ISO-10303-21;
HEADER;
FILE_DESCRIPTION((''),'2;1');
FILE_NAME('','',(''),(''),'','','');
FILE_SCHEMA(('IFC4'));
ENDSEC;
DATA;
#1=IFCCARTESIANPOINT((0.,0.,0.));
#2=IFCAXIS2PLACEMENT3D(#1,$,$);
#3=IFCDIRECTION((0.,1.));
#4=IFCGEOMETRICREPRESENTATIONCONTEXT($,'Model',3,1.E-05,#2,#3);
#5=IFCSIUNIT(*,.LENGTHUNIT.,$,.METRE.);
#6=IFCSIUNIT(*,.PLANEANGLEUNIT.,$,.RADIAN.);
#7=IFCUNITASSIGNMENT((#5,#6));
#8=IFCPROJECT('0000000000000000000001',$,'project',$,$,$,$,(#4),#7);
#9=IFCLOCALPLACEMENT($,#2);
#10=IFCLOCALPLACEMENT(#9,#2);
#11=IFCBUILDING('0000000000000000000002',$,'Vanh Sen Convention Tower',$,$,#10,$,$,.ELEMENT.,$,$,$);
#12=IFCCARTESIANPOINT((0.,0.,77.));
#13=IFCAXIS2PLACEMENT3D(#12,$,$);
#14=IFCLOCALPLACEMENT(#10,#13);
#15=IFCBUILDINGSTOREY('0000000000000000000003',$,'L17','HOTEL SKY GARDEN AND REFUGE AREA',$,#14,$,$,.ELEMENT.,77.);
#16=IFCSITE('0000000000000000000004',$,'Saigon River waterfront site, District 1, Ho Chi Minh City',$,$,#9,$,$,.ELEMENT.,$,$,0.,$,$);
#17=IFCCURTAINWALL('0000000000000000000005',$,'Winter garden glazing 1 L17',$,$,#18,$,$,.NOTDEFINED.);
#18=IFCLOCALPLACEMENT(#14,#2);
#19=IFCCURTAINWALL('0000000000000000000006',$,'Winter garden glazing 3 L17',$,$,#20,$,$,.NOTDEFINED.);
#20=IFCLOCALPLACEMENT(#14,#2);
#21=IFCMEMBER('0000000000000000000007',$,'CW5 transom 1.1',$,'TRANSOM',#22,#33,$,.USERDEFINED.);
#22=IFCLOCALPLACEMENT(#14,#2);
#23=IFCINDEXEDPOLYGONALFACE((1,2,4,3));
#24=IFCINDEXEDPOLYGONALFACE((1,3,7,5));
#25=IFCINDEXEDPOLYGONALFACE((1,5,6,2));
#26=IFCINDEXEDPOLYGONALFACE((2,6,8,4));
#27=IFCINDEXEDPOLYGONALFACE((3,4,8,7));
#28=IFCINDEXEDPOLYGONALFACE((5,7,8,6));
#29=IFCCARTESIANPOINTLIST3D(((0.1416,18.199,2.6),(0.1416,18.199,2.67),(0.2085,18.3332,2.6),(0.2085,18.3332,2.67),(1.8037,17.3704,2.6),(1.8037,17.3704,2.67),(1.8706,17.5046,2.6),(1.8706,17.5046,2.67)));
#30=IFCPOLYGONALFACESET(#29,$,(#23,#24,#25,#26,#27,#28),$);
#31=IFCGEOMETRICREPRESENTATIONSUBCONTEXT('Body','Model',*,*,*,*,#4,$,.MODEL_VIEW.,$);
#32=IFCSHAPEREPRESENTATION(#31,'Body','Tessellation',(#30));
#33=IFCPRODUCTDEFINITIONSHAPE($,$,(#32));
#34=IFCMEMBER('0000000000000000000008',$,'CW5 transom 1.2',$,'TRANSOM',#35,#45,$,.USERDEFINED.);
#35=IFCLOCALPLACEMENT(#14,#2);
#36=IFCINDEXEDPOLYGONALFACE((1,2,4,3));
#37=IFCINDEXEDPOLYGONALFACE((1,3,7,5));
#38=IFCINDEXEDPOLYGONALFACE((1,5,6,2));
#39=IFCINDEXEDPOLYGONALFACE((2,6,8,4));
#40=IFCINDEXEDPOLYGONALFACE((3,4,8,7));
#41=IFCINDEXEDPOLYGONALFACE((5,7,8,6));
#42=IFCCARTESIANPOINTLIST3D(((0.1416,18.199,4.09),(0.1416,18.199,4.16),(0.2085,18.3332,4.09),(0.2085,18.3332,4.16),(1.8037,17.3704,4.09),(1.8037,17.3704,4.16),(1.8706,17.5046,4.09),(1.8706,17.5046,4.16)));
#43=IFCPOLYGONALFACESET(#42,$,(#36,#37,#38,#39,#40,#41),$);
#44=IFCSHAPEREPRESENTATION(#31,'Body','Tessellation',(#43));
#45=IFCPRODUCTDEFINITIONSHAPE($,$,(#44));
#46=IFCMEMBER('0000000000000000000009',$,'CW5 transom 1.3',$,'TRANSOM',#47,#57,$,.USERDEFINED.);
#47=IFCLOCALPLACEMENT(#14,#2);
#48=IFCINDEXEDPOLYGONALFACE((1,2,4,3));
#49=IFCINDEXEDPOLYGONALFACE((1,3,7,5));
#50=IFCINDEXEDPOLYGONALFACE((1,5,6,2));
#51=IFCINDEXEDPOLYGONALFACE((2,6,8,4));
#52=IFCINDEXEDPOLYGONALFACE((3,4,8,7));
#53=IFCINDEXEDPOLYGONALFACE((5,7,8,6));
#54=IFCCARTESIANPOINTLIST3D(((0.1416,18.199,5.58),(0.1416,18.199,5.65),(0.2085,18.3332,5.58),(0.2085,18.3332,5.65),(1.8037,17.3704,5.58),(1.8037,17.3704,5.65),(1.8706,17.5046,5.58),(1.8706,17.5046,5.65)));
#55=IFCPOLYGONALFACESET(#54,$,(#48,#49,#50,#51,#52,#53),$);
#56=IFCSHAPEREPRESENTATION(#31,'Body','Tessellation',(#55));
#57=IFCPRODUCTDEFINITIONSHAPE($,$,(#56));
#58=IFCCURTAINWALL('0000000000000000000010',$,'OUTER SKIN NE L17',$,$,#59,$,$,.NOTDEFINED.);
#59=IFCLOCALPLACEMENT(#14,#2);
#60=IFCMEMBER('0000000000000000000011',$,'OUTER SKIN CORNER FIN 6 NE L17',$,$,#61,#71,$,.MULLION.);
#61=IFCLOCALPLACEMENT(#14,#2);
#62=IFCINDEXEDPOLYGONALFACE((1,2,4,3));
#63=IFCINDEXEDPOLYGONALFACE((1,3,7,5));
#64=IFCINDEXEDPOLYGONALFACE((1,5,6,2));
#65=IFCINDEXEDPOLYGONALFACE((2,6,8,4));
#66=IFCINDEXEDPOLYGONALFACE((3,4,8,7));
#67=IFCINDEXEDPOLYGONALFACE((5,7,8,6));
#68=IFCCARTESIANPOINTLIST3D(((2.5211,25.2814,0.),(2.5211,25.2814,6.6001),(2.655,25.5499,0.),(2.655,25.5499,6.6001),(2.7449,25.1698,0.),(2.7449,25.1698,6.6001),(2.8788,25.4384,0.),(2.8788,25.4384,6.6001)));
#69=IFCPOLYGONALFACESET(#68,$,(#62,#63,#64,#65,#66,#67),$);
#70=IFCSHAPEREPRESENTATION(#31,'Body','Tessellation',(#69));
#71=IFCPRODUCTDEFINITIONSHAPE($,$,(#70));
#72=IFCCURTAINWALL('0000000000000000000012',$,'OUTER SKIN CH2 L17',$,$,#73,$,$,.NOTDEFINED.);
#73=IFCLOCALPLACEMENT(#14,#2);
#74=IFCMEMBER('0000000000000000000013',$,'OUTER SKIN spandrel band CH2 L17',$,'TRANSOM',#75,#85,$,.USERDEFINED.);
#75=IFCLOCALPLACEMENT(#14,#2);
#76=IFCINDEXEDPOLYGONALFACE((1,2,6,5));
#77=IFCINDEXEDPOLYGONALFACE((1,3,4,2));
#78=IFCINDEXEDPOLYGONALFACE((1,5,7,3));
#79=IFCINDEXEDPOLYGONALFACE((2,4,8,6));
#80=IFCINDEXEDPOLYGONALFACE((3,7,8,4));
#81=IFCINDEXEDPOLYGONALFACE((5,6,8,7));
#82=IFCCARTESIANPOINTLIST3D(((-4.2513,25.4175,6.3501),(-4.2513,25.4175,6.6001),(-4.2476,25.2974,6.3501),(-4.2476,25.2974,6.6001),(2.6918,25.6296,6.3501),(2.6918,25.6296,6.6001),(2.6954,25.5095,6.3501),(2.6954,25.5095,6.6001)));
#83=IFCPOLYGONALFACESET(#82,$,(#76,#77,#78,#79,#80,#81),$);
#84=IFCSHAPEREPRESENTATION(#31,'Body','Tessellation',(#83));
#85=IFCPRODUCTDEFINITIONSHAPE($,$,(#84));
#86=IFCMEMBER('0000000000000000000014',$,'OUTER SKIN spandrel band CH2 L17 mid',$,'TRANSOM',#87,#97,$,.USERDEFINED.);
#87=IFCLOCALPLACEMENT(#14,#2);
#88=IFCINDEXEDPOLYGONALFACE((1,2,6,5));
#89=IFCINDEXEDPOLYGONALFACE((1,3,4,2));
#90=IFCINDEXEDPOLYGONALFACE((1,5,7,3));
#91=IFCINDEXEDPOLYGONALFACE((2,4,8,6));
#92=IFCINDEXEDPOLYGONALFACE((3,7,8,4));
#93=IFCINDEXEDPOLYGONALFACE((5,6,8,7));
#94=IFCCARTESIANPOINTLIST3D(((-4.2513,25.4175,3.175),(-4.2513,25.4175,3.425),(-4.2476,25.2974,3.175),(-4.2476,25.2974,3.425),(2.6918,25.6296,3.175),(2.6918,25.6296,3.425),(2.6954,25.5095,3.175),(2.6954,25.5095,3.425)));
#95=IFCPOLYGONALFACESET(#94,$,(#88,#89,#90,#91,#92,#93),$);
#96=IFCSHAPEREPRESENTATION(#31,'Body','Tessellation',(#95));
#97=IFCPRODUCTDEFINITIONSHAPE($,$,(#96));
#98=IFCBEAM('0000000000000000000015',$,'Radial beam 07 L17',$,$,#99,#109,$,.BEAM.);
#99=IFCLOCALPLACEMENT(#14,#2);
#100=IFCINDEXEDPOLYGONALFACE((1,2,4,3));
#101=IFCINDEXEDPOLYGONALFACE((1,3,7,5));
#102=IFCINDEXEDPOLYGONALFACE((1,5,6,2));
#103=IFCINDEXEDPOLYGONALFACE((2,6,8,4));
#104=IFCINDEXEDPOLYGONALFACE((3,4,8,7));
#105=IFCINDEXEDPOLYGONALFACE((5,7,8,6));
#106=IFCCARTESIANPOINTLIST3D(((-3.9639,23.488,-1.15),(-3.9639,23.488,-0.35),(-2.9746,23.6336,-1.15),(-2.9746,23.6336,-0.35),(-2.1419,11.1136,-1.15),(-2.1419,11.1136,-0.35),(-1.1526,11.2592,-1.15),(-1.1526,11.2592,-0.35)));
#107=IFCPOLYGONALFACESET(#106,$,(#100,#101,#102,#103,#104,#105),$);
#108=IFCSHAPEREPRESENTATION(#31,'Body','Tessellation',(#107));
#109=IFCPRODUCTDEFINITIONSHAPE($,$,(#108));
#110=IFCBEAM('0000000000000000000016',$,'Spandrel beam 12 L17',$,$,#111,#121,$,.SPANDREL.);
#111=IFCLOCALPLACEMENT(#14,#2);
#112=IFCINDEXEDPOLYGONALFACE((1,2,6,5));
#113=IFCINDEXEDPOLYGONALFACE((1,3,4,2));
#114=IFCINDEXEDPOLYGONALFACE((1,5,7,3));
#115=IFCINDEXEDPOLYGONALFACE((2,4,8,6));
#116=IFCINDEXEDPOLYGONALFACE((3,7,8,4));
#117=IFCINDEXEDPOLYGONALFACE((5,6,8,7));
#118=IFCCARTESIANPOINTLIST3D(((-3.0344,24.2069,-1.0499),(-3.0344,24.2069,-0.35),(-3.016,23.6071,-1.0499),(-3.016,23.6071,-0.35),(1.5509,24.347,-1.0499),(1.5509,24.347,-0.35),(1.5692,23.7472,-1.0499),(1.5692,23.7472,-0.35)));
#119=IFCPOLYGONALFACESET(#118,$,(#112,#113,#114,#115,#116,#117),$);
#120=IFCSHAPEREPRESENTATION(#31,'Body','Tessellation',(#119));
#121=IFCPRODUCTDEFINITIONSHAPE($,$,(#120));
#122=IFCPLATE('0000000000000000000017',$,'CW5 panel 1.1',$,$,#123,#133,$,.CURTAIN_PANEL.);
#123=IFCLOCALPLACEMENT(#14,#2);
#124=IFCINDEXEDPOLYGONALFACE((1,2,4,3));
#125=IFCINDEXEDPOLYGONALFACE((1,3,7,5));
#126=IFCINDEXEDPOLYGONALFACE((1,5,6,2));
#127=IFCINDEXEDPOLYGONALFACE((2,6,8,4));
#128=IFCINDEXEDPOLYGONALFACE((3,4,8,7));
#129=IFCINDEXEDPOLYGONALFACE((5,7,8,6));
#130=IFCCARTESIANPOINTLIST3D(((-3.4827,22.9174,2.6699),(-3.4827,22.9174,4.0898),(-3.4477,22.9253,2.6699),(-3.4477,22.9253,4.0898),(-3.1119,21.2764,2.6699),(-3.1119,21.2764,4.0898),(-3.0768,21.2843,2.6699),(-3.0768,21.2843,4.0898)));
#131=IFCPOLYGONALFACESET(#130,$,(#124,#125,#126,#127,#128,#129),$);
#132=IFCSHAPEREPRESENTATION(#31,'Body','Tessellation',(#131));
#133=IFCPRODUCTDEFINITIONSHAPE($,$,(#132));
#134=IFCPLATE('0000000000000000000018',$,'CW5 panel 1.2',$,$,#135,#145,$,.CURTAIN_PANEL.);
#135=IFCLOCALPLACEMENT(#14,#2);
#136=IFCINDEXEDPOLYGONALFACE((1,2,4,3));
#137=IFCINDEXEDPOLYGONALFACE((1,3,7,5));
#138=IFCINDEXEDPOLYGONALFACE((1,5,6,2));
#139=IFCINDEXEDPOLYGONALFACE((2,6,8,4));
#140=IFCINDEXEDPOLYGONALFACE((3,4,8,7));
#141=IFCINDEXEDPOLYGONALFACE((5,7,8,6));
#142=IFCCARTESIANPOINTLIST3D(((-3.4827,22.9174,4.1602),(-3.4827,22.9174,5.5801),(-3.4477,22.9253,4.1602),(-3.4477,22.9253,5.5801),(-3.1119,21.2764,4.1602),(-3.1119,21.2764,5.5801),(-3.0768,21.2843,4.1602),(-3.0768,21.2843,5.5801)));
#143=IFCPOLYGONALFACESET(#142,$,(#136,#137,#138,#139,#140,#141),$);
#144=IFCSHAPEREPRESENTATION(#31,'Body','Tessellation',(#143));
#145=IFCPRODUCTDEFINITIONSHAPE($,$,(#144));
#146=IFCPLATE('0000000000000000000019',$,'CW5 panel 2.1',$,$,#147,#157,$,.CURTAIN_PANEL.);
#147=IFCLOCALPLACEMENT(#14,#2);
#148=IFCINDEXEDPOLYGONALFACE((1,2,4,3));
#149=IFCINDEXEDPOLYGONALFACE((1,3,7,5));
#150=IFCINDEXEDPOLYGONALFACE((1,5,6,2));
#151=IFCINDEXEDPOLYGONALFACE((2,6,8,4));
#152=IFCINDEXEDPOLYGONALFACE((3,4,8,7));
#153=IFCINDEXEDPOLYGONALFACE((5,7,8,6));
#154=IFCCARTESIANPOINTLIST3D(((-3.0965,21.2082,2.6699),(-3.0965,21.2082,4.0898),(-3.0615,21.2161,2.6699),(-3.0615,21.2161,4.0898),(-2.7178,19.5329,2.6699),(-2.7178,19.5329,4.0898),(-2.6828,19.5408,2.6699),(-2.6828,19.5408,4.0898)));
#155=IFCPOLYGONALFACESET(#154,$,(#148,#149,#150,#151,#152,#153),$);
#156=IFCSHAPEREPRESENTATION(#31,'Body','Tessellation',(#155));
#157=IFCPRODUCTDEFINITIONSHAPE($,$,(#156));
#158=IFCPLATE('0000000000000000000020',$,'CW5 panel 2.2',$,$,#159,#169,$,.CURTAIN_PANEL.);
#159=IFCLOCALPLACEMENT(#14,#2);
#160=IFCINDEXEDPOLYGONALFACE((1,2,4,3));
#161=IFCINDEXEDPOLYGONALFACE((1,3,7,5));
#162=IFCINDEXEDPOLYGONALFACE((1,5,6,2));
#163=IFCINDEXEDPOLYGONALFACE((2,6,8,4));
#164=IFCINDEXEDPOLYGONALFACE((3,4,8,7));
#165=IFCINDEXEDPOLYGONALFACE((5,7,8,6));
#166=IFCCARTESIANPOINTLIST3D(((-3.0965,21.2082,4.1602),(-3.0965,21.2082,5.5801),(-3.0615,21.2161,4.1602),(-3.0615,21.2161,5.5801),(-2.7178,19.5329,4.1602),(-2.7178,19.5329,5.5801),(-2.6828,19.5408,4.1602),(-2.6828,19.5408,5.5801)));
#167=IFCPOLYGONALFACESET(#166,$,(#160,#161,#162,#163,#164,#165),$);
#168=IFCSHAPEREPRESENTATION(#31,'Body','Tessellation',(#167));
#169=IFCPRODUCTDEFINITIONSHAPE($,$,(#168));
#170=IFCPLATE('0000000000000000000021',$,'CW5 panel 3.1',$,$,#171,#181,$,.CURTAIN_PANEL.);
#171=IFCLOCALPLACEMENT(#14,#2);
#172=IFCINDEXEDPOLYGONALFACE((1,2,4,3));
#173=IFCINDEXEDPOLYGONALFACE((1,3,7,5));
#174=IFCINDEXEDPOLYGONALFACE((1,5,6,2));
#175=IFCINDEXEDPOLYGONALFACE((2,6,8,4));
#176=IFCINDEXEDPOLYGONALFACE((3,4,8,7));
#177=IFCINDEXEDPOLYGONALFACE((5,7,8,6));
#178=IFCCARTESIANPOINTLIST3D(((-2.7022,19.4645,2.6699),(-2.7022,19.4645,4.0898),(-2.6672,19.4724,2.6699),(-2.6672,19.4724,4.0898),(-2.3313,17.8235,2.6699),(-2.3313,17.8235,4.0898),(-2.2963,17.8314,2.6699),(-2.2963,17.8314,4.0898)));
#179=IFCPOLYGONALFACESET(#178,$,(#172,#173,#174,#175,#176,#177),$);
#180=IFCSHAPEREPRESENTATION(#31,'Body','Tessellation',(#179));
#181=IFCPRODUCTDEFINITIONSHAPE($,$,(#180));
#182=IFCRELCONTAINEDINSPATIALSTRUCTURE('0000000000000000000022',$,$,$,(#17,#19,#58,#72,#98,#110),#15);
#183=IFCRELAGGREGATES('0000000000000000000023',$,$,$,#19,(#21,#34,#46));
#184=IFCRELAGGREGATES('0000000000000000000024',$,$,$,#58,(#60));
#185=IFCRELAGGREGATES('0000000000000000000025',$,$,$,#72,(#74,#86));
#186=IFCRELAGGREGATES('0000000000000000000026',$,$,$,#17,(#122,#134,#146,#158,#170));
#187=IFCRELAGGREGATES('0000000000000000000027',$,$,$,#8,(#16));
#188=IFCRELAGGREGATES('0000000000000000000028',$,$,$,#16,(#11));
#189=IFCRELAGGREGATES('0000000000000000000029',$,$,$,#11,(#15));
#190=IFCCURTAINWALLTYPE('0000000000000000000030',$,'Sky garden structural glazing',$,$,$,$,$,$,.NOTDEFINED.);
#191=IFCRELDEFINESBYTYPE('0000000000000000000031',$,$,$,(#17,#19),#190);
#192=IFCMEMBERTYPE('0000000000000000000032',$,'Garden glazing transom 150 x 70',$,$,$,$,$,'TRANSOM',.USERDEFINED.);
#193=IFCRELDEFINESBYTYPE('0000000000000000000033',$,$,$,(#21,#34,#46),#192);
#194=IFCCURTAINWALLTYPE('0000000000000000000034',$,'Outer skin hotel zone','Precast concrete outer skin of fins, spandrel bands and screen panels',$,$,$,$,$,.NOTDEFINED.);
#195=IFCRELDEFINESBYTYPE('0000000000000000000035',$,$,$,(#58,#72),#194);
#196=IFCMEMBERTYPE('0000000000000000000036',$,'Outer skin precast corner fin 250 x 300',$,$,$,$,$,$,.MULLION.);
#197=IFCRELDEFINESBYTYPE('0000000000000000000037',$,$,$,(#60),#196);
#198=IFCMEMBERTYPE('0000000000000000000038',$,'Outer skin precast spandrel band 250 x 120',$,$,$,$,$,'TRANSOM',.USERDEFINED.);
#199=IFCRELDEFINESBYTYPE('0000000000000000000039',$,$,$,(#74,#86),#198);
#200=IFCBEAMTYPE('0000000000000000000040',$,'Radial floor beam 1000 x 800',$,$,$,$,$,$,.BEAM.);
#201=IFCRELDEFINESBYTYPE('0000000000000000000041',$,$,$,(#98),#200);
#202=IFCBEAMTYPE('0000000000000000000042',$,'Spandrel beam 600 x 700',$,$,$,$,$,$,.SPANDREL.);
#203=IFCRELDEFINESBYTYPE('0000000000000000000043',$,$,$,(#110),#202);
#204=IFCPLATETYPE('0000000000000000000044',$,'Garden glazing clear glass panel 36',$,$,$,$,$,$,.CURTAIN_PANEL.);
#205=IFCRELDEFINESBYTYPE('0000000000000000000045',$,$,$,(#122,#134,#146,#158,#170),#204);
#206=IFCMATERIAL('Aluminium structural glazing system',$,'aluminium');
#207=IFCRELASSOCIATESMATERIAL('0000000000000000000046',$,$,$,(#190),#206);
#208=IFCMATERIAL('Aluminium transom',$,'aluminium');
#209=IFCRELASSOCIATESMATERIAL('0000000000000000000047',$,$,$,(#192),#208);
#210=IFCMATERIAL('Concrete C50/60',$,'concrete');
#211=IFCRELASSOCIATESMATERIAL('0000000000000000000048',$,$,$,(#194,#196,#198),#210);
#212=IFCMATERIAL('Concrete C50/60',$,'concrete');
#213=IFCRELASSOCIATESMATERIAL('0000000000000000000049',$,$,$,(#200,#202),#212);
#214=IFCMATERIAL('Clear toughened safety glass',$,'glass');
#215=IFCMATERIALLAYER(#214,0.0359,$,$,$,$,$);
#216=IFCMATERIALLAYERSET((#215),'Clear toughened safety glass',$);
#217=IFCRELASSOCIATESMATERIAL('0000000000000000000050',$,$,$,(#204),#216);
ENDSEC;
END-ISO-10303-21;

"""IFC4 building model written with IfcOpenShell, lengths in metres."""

from ifc_helpers import new_model, si_unit, direction, frame, origin, origin_2d, place, context, subcontext, project, spatial, rectangle, extrude, material, layer, layer_set, material_profile, profile_set, type_object, element, aggregate, save


model = new_model("IFC4")

# Units and contexts
model_context = context("Model", 3, precision=1e-05, world=origin(), true_north=direction((0.0, 1.0)))
body_context = subcontext(model_context, "Body", "Model", "MODEL_VIEW")
ifc_project = project(units=[si_unit("LENGTHUNIT", "METRE"), si_unit("PLANEANGLEUNIT", "RADIAN")], contexts=[model_context])

# Site, building, storey
site_placement = place(None, origin())
site = spatial("IfcSite", under=ifc_project, at=site_placement, Name="Saigon River waterfront site, District 1, Ho Chi Minh City", CompositionType="ELEMENT", RefElevation=0.0)
building_placement = place(site_placement, origin())
building = spatial("IfcBuilding", under=site, at=building_placement, Name="Vanh Sen Convention Tower", CompositionType="ELEMENT")
storey_placement = place(building_placement, frame((0.0, 0.0, 77.0)))
storey = spatial("IfcBuildingStorey", under=building, at=storey_placement, Name="L17", Description="HOTEL SKY GARDEN AND REFUGE AREA", CompositionType="ELEMENT", Elevation=77.0)

# Curtain wall
ifc_material_1 = material(Name="Aluminium structural glazing system", Category="aluminium")
curtain_wall_type_1 = type_object("IfcCurtainWallType", Name="Sky garden structural glazing", PredefinedType="NOTDEFINED", material=ifc_material_1)
curtain_wall_1_placement = place(storey_placement, origin())
curtain_wall_1 = element("IfcCurtainWall", 1, at=curtain_wall_1_placement, inside=storey, type_object=curtain_wall_type_1, Name="Winter garden glazing 1 L17", PredefinedType="NOTDEFINED")

# Curtain wall
curtain_wall_2_placement = place(storey_placement, origin())
curtain_wall_2 = element("IfcCurtainWall", 2, at=curtain_wall_2_placement, inside=storey, type_object=curtain_wall_type_1, Name="Winter garden glazing 3 L17", PredefinedType="NOTDEFINED")

# Members
ifc_material_2 = material(Name="Aluminium transom", Category="aluminium")
ifc_material_profile_1 = material_profile(ifc_material_2, rectangle(XDim=0.1499, YDim=0.0701, at=origin_2d()), Name="Garden glazing transom 150 x 70")
ifc_profile_set_1 = profile_set([ifc_material_profile_1], Name="Aluminium transom")
member_type_1 = type_object("IfcMemberType", Name="Garden glazing transom 150 x 70", ElementType="TRANSOM", PredefinedType="USERDEFINED", material=ifc_profile_set_1)
member_1_placement = place(storey_placement, frame((0.175, 18.2661, 2.635), z_axis=(0.894952, -0.446162, 0.0), x_axis=(0.446162, 0.894952, 0.0)))
member_1 = element("IfcMember", 3, at=member_1_placement, type_object=member_type_1, Name="CW5 transom 1.1", ObjectType="TRANSOM", PredefinedType="USERDEFINED", context=body_context, shape_type="SweptSolid", body=[
    extrude(rectangle(XDim=0.1499, YDim=0.0701, at=origin_2d()), origin(), (0.0, 0.0, 1.0), 1.8572),
])
member_2_placement = place(storey_placement, frame((0.175, 18.2661, 4.125), z_axis=(0.894952, -0.446162, 0.0), x_axis=(0.446162, 0.894952, 0.0)))
member_2 = element("IfcMember", 4, at=member_2_placement, type_object=member_type_1, Name="CW5 transom 1.2", ObjectType="TRANSOM", PredefinedType="USERDEFINED", context=body_context, shape_type="SweptSolid", body=[
    extrude(rectangle(XDim=0.1499, YDim=0.0701, at=origin_2d()), origin(), (0.0, 0.0, 1.0), 1.8572),
])
member_3_placement = place(storey_placement, frame((0.175, 18.2661, 5.615), z_axis=(0.894952, -0.446162, 0.0), x_axis=(0.446162, 0.894952, 0.0)))
member_3 = element("IfcMember", 5, at=member_3_placement, type_object=member_type_1, Name="CW5 transom 1.3", ObjectType="TRANSOM", PredefinedType="USERDEFINED", context=body_context, shape_type="SweptSolid", body=[
    extrude(rectangle(XDim=0.1499, YDim=0.0701, at=origin_2d()), origin(), (0.0, 0.0, 1.0), 1.8572),
])
aggregate(curtain_wall_2, [member_1, member_2, member_3])

# Curtain wall, member
ifc_material_3 = material(Name="Concrete C50/60", Category="concrete")
curtain_wall_type_2 = type_object("IfcCurtainWallType", Name="Outer skin hotel zone", Description="Precast concrete outer skin of fins, spandrel bands and screen panels", PredefinedType="NOTDEFINED", material=ifc_material_3)
curtain_wall_3_placement = place(storey_placement, origin())
curtain_wall_3 = element("IfcCurtainWall", 6, at=curtain_wall_3_placement, inside=storey, type_object=curtain_wall_type_2, Name="OUTER SKIN NE L17", PredefinedType="NOTDEFINED")
ifc_material_profile_2 = material_profile(ifc_material_3, rectangle(XDim=0.25, YDim=0.3, at=origin_2d()), Name="Outer skin precast corner fin 250 x 300")
ifc_profile_set_2 = profile_set([ifc_material_profile_2], Name="Concrete C50/60")
member_type_2 = type_object("IfcMemberType", Name="Outer skin precast corner fin 250 x 300", PredefinedType="MULLION", material=ifc_profile_set_2)
member_4_placement = place(storey_placement, frame((2.7, 25.3599, 0.0), z_axis=(0.0, 0.0, 1.0), x_axis=(-0.894934, 0.446198, 0.0)))
member_4 = element("IfcMember", 7, at=member_4_placement, type_object=member_type_2, Name="OUTER SKIN CORNER FIN 6 NE L17", PredefinedType="MULLION", context=body_context, shape_type="SweptSolid", body=[
    extrude(rectangle(XDim=0.25, YDim=0.3, at=origin_2d()), origin(), (0.0, 0.0, 1.0), 6.6001),
])
aggregate(curtain_wall_3, [member_4])

# Curtain wall, members
curtain_wall_4_placement = place(storey_placement, origin())
curtain_wall_4 = element("IfcCurtainWall", 8, at=curtain_wall_4_placement, inside=storey, type_object=curtain_wall_type_2, Name="OUTER SKIN CH2 L17", PredefinedType="NOTDEFINED")
ifc_material_profile_3 = material_profile(ifc_material_3, rectangle(XDim=0.1201, YDim=0.25, at=origin_2d()), Name="Outer skin precast spandrel band 250 x 120")
ifc_profile_set_3 = profile_set([ifc_material_profile_3], Name="Concrete C50/60")
member_type_3 = type_object("IfcMemberType", Name="Outer skin precast spandrel band 250 x 120", ElementType="TRANSOM", PredefinedType="USERDEFINED", material=ifc_profile_set_3)
member_5_placement = place(storey_placement, frame((2.6936, 25.5696, 6.4751), z_axis=(-0.999533, -0.030542, 0.0), x_axis=(0.030542, -0.999533, 0.0)))
member_5 = element("IfcMember", 9, at=member_5_placement, type_object=member_type_3, Name="OUTER SKIN spandrel band CH2 L17", ObjectType="TRANSOM", PredefinedType="USERDEFINED", context=body_context, shape_type="SweptSolid", body=[
    extrude(rectangle(XDim=0.1201, YDim=0.25, at=origin_2d()), origin(), (0.0, 0.0, 1.0), 6.9463),
])
member_6_placement = place(storey_placement, frame((2.6936, 25.5696, 3.3), z_axis=(-0.999533, -0.030542, 0.0), x_axis=(0.030542, -0.999533, 0.0)))
member_6 = element("IfcMember", 10, at=member_6_placement, type_object=member_type_3, Name="OUTER SKIN spandrel band CH2 L17 mid", ObjectType="TRANSOM", PredefinedType="USERDEFINED", context=body_context, shape_type="SweptSolid", body=[
    extrude(rectangle(XDim=0.1201, YDim=0.25, at=origin_2d()), origin(), (0.0, 0.0, 1.0), 6.9463),
])
aggregate(curtain_wall_4, [member_5, member_6])

# Beams
ifc_material_4 = material(Name="Concrete C50/60", Category="concrete")
ifc_material_profile_4 = material_profile(ifc_material_4, rectangle(XDim=1.0, YDim=0.8, at=origin_2d()), Name="RC 1000X800")
ifc_profile_set_4 = profile_set([ifc_material_profile_4], Name="Concrete C50/60")
beam_type_1 = type_object("IfcBeamType", Name="Radial floor beam 1000 x 800", PredefinedType="BEAM", material=ifc_profile_set_4)
beam_1_placement = place(storey_placement, frame((-3.4692, 23.5608, -0.75), z_axis=(0.145669, -0.989333, 0.0), x_axis=(0.989333, 0.145669, 0.0)))
element("IfcBeam", 11, at=beam_1_placement, inside=storey, type_object=beam_type_1, Name="Radial beam 07 L17", PredefinedType="BEAM", context=body_context, shape_type="SweptSolid", body=[
    extrude(rectangle(XDim=1.0, YDim=0.8, at=origin_2d()), origin(), (0.0, 0.0, 1.0), 12.5078),
])
ifc_material_profile_5 = material_profile(ifc_material_4, rectangle(XDim=0.6001, YDim=0.7, at=origin_2d()), Name="RC 600X700")
ifc_profile_set_5 = profile_set([ifc_material_profile_5], Name="Concrete C50/60")
beam_type_2 = type_object("IfcBeamType", Name="Spandrel beam 600 x 700", PredefinedType="SPANDREL", material=ifc_profile_set_5)
beam_2_placement = place(storey_placement, frame((1.5601, 24.0471, -0.7), z_axis=(-0.999533, -0.030549, 0.0), x_axis=(0.030549, -0.999533, 0.0)))
element("IfcBeam", 12, at=beam_2_placement, inside=storey, type_object=beam_type_2, Name="Spandrel beam 12 L17", PredefinedType="SPANDREL", context=body_context, shape_type="SweptSolid", body=[
    extrude(rectangle(XDim=0.6001, YDim=0.7, at=origin_2d()), origin(), (0.0, 0.0, 1.0), 4.5874),
])

# Plates
ifc_material_5 = material(Name="Clear toughened safety glass", Category="glass")
ifc_layer_1 = layer(ifc_material_5, 0.0359)
ifc_layer_set_1 = layer_set([ifc_layer_1], Name="Clear toughened safety glass")
plate_type = type_object("IfcPlateType", Name="Garden glazing clear glass panel 36", PredefinedType="CURTAIN_PANEL", material=ifc_layer_set_1)
plate_1_placement = place(storey_placement, frame((-3.2798, 22.1008, 2.6699), z_axis=(0.0, 0.0, 1.0), x_axis=(0.220446, -0.975399, 0.0)))
plate_1 = element("IfcPlate", 13, at=plate_1_placement, type_object=plate_type, Name="CW5 panel 1.1", PredefinedType="CURTAIN_PANEL", context=body_context, shape_type="SweptSolid", body=[
    extrude(rectangle(XDim=1.6824, YDim=0.0359, at=origin_2d()), origin(), (0.0, 0.0, 1.0), 1.4199),
])
plate_2_placement = place(storey_placement, frame((-3.2798, 22.1008, 4.1602), z_axis=(0.0, 0.0, 1.0), x_axis=(0.220446, -0.975399, 0.0)))
plate_2 = element("IfcPlate", 14, at=plate_2_placement, type_object=plate_type, Name="CW5 panel 1.2", PredefinedType="CURTAIN_PANEL", context=body_context, shape_type="SweptSolid", body=[
    extrude(rectangle(XDim=1.6824, YDim=0.0359, at=origin_2d()), origin(), (0.0, 0.0, 1.0), 1.4199),
])
plate_3_placement = place(storey_placement, frame((-2.8896, 20.3745, 2.6699), z_axis=(0.0, 0.0, 1.0), x_axis=(0.220446, -0.975399, 0.0)))
plate_3 = element("IfcPlate", 15, at=plate_3_placement, type_object=plate_type, Name="CW5 panel 2.1", PredefinedType="CURTAIN_PANEL", context=body_context, shape_type="SweptSolid", body=[
    extrude(rectangle(XDim=1.7175, YDim=0.0359, at=origin_2d()), origin(), (0.0, 0.0, 1.0), 1.4199),
])
plate_4_placement = place(storey_placement, frame((-2.8896, 20.3745, 4.1602), z_axis=(0.0, 0.0, 1.0), x_axis=(0.220446, -0.975399, 0.0)))
plate_4 = element("IfcPlate", 16, at=plate_4_placement, type_object=plate_type, Name="CW5 panel 2.2", PredefinedType="CURTAIN_PANEL", context=body_context, shape_type="SweptSolid", body=[
    extrude(rectangle(XDim=1.7175, YDim=0.0359, at=origin_2d()), origin(), (0.0, 0.0, 1.0), 1.4199),
])
plate_5_placement = place(storey_placement, frame((-2.4993, 18.6479, 2.6699), z_axis=(0.0, 0.0, 1.0), x_axis=(0.220446, -0.975399, 0.0)))
plate_5 = element("IfcPlate", 17, at=plate_5_placement, type_object=plate_type, Name="CW5 panel 3.1", PredefinedType="CURTAIN_PANEL", context=body_context, shape_type="SweptSolid", body=[
    extrude(rectangle(XDim=1.6824, YDim=0.0359, at=origin_2d()), origin(), (0.0, 0.0, 1.0), 1.4199),
])
aggregate(curtain_wall_1, [plate_1, plate_2, plate_3, plate_4, plate_5])

save(model, "model.ifc")
